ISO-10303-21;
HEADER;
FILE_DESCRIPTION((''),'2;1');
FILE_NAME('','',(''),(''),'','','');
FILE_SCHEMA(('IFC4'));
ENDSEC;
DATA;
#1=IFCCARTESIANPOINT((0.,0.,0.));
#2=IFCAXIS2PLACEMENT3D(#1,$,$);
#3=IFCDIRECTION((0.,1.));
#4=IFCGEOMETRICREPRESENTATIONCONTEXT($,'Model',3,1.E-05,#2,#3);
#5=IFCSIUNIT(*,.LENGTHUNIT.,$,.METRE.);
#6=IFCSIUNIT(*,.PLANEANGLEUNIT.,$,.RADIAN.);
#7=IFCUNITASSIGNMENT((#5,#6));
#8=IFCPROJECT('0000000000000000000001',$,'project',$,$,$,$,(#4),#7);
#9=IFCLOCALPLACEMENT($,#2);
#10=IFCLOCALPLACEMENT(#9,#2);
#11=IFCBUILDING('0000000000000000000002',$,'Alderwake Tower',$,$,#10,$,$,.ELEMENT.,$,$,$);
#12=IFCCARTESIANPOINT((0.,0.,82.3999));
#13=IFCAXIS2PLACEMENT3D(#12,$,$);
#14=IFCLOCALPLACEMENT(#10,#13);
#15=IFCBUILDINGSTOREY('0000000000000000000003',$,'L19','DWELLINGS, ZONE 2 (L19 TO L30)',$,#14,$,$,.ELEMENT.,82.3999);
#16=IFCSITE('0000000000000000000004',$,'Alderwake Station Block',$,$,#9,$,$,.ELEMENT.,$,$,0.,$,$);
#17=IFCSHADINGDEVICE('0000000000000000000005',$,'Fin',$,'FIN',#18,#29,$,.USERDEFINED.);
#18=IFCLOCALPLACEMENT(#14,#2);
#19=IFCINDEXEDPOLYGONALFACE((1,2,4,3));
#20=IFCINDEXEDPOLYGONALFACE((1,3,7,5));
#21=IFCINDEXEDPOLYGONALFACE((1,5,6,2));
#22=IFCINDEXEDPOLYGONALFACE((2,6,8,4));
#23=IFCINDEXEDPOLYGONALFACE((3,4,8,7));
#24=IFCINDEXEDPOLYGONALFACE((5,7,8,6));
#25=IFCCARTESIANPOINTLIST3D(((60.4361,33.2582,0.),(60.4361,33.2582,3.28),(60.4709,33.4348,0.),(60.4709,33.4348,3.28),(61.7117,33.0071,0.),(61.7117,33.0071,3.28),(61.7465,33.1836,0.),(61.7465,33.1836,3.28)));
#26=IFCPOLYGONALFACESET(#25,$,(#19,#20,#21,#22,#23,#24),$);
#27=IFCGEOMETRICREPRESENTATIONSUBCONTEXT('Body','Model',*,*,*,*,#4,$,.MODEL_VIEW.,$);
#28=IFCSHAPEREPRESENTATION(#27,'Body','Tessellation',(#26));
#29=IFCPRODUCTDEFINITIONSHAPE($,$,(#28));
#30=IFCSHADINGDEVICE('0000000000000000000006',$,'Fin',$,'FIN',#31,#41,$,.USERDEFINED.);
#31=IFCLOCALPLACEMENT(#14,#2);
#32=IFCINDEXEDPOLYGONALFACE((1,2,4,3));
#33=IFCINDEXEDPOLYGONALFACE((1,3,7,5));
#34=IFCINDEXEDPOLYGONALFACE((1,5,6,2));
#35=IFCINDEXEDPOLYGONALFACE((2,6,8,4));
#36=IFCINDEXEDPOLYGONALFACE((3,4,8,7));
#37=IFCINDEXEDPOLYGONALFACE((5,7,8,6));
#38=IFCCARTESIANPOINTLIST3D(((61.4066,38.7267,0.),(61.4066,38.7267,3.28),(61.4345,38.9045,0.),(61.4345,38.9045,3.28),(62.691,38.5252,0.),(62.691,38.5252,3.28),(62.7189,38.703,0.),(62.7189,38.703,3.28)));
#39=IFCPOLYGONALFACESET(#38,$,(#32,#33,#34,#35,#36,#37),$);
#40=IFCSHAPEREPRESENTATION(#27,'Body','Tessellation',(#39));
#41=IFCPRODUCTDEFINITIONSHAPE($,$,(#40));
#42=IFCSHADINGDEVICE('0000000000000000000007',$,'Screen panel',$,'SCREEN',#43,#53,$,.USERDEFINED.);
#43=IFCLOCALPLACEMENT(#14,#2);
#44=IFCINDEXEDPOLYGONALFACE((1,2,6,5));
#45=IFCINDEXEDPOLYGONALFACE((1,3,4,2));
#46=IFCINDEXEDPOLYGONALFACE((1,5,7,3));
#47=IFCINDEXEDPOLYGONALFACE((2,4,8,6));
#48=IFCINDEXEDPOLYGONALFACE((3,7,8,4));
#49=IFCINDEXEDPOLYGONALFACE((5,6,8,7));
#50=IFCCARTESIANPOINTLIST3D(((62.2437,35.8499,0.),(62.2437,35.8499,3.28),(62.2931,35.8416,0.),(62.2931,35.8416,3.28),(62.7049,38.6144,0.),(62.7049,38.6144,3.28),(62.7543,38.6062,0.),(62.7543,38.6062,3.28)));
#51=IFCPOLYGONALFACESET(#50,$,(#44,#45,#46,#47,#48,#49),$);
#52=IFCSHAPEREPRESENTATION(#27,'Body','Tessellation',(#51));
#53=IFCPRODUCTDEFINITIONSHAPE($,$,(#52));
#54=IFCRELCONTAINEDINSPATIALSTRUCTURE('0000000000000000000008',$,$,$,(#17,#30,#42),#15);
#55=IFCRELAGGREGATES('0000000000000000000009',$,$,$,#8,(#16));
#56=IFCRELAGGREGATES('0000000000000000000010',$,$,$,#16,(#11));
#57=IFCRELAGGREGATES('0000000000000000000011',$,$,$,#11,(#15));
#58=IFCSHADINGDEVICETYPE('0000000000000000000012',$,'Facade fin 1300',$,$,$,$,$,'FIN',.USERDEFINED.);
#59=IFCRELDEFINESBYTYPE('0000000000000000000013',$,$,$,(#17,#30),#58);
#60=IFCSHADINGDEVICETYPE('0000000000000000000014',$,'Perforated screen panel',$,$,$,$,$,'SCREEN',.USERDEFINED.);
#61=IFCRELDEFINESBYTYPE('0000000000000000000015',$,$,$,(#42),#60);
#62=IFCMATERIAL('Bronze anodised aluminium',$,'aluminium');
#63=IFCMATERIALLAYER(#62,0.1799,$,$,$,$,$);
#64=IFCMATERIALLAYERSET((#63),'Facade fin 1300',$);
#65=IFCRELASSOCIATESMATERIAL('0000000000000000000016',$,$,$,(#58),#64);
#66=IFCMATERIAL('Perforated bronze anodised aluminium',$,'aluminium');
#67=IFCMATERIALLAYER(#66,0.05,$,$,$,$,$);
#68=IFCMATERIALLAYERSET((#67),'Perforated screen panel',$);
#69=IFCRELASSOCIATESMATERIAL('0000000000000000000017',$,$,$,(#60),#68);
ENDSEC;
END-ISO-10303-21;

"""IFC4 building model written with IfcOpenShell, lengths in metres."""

from ifc_helpers import new_model, si_unit, direction, frame, origin, origin_2d, place, context, subcontext, project, spatial, rectangle, extrude, material, layer, layer_set, type_object, element, save


model = new_model("IFC4")

# Units and contexts
model_context = context("Model", 3, precision=1e-05, world=origin(), true_north=direction((0.0, 1.0)))
body_context = subcontext(model_context, "Body", "Model", "MODEL_VIEW")
ifc_project = project(units=[si_unit("LENGTHUNIT", "METRE"), si_unit("PLANEANGLEUNIT", "RADIAN")], contexts=[model_context])

# Site, building, storey
site_placement = place(None, origin())
site = spatial("IfcSite", under=ifc_project, at=site_placement, Name="Alderwake Station Block", CompositionType="ELEMENT", RefElevation=0.0)
building_placement = place(site_placement, origin())
building = spatial("IfcBuilding", under=site, at=building_placement, Name="Alderwake Tower", CompositionType="ELEMENT")
storey_placement = place(building_placement, frame((0.0, 0.0, 82.3999)))
storey = spatial("IfcBuildingStorey", under=building, at=storey_placement, Name="L19", Description="DWELLINGS, ZONE 2 (L19 TO L30)", CompositionType="ELEMENT", Elevation=82.3999)

# Shading devices
ifc_material_1 = material(Name="Bronze anodised aluminium", Category="aluminium")
ifc_layer_1 = layer(ifc_material_1, 0.1799)
ifc_layer_set_1 = layer_set([ifc_layer_1], Name="Facade fin 1300")
shading_device_type_1 = type_object("IfcShadingDeviceType", Name="Facade fin 1300", ElementType="FIN", PredefinedType="USERDEFINED", material=ifc_layer_set_1)
for number, where, z_axis, x_axis, name in (
    (1, (61.0913, 33.2209, 0.0), (0.0, 0.0, 1.0), (0.981164, -0.193178, 0.0), "Fin"),
    (2, (62.0627, 38.7148, 0.0), (0.0, 0.0, 1.0), (0.987919, -0.154972, 0.0), "Fin"),
):
    element("IfcShadingDevice", number, at=place(storey_placement, frame(where, z_axis=z_axis, x_axis=x_axis)), inside=storey, type_object=shading_device_type_1, Name=name, ObjectType="FIN", PredefinedType="USERDEFINED", context=body_context, shape_type="SweptSolid", body=[
        extrude(rectangle(XDim=1.3, YDim=0.1799, at=origin_2d()), origin(), (0.0, 0.0, 1.0), 3.28),
    ])
ifc_material_2 = material(Name="Perforated bronze anodised aluminium", Category="aluminium")
ifc_layer_2 = layer(ifc_material_2, 0.05)
ifc_layer_set_2 = layer_set([ifc_layer_2], Name="Perforated screen panel")
shading_device_type_2 = type_object("IfcShadingDeviceType", Name="Perforated screen panel", ElementType="SCREEN", PredefinedType="USERDEFINED", material=ifc_layer_set_2)
shading_device_placement = place(storey_placement, frame((62.499, 37.228, 0.0), z_axis=(0.0, 0.0, 1.0), x_axis=(0.986369, -0.164548, 0.0)))
element("IfcShadingDevice", 3, at=shading_device_placement, inside=storey, type_object=shading_device_type_2, Name="Screen panel", ObjectType="SCREEN", PredefinedType="USERDEFINED", context=body_context, shape_type="SweptSolid", body=[
    extrude(rectangle(XDim=0.05, YDim=2.8027, at=origin_2d()), origin(), (0.0, 0.0, 1.0), 3.28),
])

save(model, "model.ifc")
